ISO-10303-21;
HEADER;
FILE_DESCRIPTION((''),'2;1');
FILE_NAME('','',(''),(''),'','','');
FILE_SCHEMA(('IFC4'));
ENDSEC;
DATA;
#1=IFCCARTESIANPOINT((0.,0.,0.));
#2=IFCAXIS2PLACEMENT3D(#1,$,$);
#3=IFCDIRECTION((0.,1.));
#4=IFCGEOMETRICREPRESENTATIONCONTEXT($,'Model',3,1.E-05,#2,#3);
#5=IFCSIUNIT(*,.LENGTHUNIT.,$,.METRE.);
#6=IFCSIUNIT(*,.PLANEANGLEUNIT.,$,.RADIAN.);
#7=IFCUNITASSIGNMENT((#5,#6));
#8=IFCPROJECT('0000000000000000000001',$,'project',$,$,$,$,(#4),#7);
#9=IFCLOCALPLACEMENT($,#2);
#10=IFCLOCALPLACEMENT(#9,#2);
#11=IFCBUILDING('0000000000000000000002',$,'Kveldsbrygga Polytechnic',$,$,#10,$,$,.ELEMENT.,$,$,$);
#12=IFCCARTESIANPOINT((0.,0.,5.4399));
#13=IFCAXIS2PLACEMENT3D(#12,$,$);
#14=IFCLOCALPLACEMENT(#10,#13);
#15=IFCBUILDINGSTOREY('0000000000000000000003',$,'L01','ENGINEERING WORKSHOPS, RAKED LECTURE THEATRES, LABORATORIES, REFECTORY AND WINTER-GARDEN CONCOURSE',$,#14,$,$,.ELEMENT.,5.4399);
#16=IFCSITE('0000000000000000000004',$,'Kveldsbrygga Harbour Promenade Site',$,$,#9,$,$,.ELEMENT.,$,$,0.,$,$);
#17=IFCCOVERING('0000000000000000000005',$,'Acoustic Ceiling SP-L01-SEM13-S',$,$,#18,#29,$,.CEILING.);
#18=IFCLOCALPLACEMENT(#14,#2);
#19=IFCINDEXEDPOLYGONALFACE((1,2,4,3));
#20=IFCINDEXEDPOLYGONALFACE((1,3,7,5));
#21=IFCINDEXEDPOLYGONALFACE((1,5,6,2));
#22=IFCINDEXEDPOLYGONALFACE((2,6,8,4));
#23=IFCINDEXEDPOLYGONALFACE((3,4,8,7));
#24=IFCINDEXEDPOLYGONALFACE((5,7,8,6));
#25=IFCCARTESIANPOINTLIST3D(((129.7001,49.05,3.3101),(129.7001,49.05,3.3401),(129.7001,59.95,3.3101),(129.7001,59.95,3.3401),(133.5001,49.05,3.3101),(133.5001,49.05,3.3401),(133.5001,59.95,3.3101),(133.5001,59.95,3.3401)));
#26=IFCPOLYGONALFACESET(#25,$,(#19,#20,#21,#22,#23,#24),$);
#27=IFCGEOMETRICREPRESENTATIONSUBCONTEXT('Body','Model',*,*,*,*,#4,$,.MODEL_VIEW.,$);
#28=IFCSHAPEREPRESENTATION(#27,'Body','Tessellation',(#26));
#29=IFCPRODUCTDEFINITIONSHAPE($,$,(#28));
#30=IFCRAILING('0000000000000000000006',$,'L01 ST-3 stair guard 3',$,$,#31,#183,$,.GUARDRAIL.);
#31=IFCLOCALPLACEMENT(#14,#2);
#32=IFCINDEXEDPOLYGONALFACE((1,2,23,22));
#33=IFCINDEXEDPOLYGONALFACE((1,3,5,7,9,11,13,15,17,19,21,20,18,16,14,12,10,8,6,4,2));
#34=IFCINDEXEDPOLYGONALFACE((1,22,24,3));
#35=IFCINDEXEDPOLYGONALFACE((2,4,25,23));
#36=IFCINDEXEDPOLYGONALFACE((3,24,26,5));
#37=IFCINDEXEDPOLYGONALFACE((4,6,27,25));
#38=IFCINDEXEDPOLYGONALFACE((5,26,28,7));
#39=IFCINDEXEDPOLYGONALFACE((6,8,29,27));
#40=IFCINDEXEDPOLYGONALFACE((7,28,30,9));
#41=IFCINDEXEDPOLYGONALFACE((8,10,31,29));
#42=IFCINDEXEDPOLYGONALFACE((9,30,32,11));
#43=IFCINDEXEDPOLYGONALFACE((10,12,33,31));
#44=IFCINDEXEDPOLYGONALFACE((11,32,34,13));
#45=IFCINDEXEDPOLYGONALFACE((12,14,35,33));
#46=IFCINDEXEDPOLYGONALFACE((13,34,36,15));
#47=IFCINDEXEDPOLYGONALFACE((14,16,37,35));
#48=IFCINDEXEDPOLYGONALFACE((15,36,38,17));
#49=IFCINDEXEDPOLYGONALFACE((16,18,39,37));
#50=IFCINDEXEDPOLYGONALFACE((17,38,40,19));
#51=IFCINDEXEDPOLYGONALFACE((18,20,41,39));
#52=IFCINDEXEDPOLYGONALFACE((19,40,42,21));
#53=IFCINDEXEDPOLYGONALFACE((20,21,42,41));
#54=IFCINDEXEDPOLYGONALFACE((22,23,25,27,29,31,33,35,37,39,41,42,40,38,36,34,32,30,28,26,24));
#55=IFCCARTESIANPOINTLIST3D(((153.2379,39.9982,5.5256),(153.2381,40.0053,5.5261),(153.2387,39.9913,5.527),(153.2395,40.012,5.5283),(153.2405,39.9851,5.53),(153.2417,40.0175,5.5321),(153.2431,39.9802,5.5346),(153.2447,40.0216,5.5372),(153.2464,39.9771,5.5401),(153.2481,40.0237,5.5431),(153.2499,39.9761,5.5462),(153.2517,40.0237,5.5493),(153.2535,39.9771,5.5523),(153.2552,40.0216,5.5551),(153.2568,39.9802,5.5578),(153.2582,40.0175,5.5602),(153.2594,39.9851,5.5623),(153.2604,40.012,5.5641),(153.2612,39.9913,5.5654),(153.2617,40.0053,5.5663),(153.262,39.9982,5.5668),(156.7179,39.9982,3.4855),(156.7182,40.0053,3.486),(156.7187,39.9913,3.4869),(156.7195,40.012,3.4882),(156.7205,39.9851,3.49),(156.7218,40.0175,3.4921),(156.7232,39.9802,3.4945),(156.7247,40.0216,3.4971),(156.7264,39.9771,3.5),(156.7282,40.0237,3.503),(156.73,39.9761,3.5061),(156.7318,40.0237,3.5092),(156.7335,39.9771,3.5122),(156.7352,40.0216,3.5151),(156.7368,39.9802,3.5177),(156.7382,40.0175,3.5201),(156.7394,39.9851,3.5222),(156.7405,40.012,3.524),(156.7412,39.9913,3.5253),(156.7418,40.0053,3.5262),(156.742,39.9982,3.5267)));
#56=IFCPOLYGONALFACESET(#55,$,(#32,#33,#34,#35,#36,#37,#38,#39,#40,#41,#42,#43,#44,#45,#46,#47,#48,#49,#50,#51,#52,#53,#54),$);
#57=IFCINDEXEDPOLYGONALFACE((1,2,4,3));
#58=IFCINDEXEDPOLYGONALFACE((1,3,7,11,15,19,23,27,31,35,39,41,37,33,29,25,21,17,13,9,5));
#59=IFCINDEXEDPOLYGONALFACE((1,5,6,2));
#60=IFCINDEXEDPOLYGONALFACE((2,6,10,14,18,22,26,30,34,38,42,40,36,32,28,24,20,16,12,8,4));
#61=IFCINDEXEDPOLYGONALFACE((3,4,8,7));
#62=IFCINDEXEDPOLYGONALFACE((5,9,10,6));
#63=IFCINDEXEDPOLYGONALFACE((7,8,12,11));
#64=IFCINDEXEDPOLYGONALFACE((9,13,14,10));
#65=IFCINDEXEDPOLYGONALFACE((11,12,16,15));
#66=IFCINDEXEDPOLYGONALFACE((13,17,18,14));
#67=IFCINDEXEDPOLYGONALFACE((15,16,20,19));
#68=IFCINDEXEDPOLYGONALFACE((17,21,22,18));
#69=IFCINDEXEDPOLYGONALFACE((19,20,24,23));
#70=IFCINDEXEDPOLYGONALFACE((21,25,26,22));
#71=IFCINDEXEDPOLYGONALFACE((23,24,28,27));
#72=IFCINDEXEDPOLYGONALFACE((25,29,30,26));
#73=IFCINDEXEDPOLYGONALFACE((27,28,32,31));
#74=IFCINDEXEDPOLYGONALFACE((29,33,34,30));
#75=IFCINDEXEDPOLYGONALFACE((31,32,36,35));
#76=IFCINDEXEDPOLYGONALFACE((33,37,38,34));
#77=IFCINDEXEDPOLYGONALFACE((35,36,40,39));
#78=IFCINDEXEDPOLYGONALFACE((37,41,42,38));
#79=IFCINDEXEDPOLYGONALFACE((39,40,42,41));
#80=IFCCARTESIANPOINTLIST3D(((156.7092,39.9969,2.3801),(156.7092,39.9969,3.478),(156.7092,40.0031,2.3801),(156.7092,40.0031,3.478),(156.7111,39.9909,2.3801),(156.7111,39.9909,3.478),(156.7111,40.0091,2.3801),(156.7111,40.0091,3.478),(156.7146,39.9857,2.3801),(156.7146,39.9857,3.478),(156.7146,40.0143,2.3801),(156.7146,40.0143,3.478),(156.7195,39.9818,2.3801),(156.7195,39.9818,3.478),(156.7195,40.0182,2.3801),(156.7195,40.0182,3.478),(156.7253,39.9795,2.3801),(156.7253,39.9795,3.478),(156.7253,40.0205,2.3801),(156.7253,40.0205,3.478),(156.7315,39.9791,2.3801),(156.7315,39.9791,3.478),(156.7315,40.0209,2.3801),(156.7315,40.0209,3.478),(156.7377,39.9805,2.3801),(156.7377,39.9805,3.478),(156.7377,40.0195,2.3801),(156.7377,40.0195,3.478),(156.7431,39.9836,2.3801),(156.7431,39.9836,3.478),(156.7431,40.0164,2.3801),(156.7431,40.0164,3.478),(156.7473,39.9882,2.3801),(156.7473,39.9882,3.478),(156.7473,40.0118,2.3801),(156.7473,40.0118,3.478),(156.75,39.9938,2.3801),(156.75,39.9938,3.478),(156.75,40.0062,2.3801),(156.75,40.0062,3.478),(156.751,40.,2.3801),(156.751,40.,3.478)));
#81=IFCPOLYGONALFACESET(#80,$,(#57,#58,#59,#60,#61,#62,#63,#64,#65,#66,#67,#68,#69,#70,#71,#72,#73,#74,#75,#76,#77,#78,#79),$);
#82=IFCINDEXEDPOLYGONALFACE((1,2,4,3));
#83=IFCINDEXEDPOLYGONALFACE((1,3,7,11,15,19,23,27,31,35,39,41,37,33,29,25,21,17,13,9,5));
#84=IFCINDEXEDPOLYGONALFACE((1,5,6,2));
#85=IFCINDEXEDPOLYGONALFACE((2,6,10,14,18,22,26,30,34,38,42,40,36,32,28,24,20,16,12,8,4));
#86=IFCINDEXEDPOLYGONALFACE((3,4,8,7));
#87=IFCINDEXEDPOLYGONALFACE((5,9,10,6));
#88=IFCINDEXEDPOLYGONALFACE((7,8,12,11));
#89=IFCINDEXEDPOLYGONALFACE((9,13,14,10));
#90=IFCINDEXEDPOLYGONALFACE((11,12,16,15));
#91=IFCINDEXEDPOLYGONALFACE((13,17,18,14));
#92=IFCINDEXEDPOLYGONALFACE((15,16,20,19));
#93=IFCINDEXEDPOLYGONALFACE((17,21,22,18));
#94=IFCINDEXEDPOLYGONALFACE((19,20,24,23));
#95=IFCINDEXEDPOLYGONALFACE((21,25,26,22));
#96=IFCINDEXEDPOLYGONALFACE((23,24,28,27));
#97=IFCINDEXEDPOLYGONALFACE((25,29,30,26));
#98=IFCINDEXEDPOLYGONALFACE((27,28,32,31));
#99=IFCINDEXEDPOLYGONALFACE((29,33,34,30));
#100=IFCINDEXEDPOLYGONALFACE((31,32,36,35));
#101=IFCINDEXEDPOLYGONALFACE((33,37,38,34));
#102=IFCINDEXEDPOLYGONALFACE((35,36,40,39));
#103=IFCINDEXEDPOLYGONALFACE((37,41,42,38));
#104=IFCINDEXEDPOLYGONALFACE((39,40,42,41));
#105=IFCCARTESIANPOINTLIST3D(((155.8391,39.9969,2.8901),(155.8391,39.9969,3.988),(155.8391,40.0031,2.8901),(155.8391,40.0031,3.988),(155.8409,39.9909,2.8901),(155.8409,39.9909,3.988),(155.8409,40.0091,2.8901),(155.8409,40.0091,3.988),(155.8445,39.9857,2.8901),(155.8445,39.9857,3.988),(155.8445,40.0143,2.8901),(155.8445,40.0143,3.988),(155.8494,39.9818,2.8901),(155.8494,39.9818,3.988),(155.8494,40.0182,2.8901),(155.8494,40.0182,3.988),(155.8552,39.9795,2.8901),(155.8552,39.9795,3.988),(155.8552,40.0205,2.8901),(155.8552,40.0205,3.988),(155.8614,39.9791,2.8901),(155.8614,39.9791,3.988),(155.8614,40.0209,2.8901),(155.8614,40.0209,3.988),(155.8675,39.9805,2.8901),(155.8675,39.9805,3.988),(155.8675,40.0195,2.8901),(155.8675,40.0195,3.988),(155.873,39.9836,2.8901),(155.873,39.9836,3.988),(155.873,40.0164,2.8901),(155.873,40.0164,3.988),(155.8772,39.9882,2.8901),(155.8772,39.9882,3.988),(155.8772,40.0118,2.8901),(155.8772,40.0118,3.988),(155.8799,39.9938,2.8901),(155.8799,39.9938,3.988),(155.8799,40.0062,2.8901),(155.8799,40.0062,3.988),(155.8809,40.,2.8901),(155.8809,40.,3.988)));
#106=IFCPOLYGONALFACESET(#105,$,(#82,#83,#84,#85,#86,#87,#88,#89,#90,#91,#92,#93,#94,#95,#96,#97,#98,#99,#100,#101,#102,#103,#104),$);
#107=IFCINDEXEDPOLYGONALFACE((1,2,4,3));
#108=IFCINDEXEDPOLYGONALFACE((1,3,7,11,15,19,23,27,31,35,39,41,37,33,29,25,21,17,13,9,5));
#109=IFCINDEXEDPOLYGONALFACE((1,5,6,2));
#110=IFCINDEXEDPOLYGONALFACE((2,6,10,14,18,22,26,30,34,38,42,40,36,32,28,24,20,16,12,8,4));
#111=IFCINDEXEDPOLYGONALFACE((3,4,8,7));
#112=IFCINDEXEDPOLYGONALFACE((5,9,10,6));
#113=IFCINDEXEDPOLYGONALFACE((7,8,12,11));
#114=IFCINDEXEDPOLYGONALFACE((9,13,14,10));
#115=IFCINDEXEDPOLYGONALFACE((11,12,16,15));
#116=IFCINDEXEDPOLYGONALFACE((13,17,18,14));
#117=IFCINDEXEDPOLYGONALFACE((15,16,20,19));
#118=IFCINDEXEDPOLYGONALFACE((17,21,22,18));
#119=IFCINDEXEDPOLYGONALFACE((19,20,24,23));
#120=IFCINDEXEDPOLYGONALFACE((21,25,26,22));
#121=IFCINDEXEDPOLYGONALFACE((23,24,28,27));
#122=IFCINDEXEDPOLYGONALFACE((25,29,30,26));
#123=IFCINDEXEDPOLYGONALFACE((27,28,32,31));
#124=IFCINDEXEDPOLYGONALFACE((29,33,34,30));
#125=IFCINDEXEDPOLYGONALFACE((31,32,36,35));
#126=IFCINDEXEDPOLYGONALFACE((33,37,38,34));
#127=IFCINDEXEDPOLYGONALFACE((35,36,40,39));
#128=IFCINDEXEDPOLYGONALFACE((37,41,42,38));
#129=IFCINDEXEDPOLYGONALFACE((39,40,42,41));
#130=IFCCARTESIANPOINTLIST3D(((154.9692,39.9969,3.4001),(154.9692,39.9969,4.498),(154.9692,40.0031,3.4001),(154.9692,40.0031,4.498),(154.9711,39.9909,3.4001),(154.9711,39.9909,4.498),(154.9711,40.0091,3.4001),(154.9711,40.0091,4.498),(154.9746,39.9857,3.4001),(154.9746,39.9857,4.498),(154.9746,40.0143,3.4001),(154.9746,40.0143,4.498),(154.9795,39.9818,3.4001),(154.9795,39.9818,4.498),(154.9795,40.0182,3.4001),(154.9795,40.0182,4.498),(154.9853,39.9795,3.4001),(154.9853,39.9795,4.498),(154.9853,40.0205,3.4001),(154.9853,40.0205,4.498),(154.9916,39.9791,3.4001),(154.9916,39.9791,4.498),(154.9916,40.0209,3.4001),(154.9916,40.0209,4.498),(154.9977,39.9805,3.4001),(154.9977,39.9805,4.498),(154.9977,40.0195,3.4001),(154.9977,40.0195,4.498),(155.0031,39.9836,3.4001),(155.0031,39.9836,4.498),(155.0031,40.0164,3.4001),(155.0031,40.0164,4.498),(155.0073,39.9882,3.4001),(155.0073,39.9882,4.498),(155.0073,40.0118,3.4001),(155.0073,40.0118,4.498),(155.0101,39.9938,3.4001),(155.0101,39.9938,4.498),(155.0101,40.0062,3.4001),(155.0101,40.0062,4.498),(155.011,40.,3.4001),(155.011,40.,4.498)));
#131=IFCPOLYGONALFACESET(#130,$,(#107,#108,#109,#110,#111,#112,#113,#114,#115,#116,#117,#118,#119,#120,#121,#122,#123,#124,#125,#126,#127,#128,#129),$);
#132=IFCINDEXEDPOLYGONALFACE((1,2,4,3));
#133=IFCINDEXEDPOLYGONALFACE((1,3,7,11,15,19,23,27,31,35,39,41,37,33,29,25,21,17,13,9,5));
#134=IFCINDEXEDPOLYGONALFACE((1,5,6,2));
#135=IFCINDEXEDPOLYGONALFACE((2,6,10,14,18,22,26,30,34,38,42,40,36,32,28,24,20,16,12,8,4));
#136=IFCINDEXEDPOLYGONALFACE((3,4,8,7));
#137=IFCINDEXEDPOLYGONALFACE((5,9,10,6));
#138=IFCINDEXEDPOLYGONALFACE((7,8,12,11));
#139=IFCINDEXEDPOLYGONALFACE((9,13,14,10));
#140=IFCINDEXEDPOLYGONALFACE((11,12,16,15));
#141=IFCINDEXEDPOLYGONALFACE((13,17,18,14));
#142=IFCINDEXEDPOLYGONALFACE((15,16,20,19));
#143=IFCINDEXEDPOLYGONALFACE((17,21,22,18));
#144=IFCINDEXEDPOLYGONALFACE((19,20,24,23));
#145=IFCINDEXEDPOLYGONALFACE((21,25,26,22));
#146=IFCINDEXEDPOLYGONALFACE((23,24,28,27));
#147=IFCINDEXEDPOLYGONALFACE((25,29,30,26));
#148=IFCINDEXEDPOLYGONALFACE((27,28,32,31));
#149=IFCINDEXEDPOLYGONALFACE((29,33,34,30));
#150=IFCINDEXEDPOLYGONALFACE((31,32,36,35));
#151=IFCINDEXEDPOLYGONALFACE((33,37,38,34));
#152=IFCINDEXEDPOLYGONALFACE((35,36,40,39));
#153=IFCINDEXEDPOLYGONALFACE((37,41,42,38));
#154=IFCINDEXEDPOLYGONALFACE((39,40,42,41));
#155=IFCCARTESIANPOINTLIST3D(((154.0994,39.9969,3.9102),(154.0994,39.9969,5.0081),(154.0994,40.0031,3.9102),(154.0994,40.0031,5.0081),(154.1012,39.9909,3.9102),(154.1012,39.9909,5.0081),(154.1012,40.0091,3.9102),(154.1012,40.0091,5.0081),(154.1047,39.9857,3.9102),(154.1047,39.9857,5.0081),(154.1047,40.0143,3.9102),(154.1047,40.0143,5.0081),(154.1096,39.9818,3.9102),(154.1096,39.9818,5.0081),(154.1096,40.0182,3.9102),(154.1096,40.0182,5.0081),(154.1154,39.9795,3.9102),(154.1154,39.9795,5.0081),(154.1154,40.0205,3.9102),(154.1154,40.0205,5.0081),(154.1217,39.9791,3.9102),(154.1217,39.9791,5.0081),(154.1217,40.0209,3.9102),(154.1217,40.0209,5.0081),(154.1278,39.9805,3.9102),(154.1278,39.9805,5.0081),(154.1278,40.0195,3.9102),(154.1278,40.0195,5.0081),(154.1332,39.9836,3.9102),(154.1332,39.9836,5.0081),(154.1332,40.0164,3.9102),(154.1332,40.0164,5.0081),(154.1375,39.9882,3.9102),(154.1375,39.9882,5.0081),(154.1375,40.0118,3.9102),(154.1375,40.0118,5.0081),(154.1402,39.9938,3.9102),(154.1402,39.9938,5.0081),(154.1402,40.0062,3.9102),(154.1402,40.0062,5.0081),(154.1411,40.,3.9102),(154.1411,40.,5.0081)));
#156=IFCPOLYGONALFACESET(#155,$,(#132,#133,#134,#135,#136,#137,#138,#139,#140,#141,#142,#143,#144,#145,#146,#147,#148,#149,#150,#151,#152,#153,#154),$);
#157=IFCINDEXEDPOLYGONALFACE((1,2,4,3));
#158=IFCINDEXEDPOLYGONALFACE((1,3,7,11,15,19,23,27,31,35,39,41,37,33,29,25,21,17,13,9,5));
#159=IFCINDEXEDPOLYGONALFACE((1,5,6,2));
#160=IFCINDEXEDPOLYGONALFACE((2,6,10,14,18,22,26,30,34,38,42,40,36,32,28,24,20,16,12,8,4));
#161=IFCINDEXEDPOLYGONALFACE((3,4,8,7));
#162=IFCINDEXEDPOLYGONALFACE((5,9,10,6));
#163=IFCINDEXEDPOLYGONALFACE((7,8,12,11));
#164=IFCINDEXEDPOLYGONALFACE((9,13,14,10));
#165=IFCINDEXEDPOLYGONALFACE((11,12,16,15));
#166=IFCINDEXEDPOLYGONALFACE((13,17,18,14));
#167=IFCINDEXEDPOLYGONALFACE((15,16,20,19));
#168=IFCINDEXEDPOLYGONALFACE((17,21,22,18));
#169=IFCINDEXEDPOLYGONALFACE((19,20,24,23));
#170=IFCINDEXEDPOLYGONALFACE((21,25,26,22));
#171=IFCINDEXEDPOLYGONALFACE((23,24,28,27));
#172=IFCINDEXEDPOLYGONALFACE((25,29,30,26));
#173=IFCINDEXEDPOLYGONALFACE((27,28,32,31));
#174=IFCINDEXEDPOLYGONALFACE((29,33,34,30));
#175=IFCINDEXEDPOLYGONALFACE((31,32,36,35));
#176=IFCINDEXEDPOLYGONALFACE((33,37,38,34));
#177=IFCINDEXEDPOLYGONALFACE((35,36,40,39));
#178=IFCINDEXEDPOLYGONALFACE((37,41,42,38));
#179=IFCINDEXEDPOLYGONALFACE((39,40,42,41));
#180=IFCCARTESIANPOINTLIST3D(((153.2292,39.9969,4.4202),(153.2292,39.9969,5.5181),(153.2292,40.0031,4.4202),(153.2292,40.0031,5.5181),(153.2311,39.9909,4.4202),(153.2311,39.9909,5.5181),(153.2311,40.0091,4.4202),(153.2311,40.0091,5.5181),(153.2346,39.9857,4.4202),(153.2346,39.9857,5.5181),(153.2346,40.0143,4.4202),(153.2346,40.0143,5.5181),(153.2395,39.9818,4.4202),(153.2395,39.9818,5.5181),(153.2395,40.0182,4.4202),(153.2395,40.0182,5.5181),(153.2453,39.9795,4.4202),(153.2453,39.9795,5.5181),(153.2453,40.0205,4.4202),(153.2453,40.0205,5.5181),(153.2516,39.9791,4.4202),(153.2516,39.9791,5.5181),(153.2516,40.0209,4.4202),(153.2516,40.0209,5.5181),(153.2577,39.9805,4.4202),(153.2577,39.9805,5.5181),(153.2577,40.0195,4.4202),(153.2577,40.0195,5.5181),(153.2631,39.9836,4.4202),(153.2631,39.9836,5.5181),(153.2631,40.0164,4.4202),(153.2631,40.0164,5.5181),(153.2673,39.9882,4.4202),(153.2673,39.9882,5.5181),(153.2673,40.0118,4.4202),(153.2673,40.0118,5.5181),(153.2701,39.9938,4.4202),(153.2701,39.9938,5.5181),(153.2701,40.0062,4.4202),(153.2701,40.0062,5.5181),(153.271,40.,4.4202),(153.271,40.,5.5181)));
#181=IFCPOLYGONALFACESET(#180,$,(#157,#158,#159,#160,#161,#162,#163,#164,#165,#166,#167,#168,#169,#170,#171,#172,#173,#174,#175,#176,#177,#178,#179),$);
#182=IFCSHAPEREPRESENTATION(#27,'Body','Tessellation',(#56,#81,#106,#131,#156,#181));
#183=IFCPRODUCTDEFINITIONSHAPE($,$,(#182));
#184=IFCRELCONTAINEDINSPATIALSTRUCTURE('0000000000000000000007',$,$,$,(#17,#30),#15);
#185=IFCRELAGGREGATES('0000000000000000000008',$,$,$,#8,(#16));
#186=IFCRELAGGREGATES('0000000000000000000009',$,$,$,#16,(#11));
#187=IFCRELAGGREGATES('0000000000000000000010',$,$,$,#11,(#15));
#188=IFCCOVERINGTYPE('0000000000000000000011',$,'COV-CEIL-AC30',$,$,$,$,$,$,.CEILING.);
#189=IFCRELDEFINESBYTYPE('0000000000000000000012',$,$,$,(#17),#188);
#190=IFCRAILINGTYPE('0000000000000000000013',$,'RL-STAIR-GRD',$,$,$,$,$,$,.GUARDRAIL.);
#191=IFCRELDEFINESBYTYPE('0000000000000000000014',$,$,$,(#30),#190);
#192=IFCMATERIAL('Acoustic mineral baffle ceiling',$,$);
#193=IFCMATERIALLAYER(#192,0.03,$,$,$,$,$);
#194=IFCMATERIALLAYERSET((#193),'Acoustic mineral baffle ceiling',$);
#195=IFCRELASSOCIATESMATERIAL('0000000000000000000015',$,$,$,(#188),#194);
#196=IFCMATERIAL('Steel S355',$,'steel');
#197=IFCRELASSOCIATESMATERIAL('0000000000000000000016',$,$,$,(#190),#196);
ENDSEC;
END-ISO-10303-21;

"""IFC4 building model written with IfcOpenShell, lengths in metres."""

from ifc_helpers import new_model, si_unit, direction, frame, origin, origin_2d, place, context, subcontext, project, spatial, rectangle, circle, extrude, material, layer, layer_set, type_object, element, save


model = new_model("IFC4")

# Units and contexts
model_context = context("Model", 3, precision=1e-05, world=origin(), true_north=direction((0.0, 1.0)))
body_context = subcontext(model_context, "Body", "Model", "MODEL_VIEW")
ifc_project = project(units=[si_unit("LENGTHUNIT", "METRE"), si_unit("PLANEANGLEUNIT", "RADIAN")], contexts=[model_context])

# Site, building, storey
site_placement = place(None, origin())
site = spatial("IfcSite", under=ifc_project, at=site_placement, Name="Kveldsbrygga Harbour Promenade Site", CompositionType="ELEMENT", RefElevation=0.0)
building_placement = place(site_placement, origin())
building = spatial("IfcBuilding", under=site, at=building_placement, Name="Kveldsbrygga Polytechnic", CompositionType="ELEMENT")
storey_placement = place(building_placement, frame((0.0, 0.0, 5.4399)))
storey = spatial("IfcBuildingStorey", under=building, at=storey_placement, Name="L01", Description="ENGINEERING WORKSHOPS, RAKED LECTURE THEATRES, LABORATORIES, REFECTORY AND WINTER-GARDEN CONCOURSE", CompositionType="ELEMENT", Elevation=5.4399)

# Shared definitions
ifc_material_1 = material(Name="Steel S355", Category="steel")

# Covering
ifc_material_2 = material(Name="Acoustic mineral baffle ceiling")
ifc_layer_1 = layer(ifc_material_2, 0.03)
ifc_layer_set_1 = layer_set([ifc_layer_1], Name="Acoustic mineral baffle ceiling")
covering_type = type_object("IfcCoveringType", Name="COV-CEIL-AC30", PredefinedType="CEILING", material=ifc_layer_set_1)
covering_placement = place(storey_placement, frame((131.6001, 54.5, 3.3101), z_axis=(0.0, 0.0, 1.0), x_axis=(1.0, 0.0, 0.0)))
element("IfcCovering", 1, at=covering_placement, inside=storey, type_object=covering_type, Name="Acoustic Ceiling SP-L01-SEM13-S", PredefinedType="CEILING", context=body_context, shape_type="SweptSolid", body=[
    extrude(rectangle(XDim=3.8, YDim=10.8999, at=origin_2d()), origin(), (0.0, 0.0, 1.0), 0.03),
])

# Railing
railing_type_1 = type_object("IfcRailingType", Name="RL-STAIR-GRD", PredefinedType="GUARDRAIL", material=ifc_material_1)
railing_1_placement = place(storey_placement, frame((156.73, 40.0, 2.3801)))
element("IfcRailing", 2, at=railing_1_placement, inside=storey, type_object=railing_type_1, Name="L01 ST-3 stair guard 3", PredefinedType="GUARDRAIL", context=body_context, shape_type="SweptSolid", body=[
    extrude(circle(Radius=0.0239, at=origin_2d()), frame((0.0, 0.0, 1.126), z_axis=(-0.862693, 0.0, 0.505729), x_axis=(0.0, -1.0, 0.0)), (0.0, 0.0, 1.0), 4.0339),
    extrude(circle(Radius=0.021, at=origin_2d()), origin(), (0.0, 0.0, 1.0), 1.0979),
    extrude(circle(Radius=0.021, at=origin_2d()), frame((-0.8701, 0.0, 0.51)), (0.0, 0.0, 1.0), 1.0979),
    extrude(circle(Radius=0.021, at=origin_2d()), frame((-1.74, 0.0, 1.02)), (0.0, 0.0, 1.0), 1.0979),
    extrude(circle(Radius=0.021, at=origin_2d()), frame((-2.6099, 0.0, 1.53)), (0.0, 0.0, 1.0), 1.0979),
    extrude(circle(Radius=0.021, at=origin_2d()), frame((-3.48, 0.0, 2.04)), (0.0, 0.0, 1.0), 1.0979),
])

save(model, "model.ifc")
